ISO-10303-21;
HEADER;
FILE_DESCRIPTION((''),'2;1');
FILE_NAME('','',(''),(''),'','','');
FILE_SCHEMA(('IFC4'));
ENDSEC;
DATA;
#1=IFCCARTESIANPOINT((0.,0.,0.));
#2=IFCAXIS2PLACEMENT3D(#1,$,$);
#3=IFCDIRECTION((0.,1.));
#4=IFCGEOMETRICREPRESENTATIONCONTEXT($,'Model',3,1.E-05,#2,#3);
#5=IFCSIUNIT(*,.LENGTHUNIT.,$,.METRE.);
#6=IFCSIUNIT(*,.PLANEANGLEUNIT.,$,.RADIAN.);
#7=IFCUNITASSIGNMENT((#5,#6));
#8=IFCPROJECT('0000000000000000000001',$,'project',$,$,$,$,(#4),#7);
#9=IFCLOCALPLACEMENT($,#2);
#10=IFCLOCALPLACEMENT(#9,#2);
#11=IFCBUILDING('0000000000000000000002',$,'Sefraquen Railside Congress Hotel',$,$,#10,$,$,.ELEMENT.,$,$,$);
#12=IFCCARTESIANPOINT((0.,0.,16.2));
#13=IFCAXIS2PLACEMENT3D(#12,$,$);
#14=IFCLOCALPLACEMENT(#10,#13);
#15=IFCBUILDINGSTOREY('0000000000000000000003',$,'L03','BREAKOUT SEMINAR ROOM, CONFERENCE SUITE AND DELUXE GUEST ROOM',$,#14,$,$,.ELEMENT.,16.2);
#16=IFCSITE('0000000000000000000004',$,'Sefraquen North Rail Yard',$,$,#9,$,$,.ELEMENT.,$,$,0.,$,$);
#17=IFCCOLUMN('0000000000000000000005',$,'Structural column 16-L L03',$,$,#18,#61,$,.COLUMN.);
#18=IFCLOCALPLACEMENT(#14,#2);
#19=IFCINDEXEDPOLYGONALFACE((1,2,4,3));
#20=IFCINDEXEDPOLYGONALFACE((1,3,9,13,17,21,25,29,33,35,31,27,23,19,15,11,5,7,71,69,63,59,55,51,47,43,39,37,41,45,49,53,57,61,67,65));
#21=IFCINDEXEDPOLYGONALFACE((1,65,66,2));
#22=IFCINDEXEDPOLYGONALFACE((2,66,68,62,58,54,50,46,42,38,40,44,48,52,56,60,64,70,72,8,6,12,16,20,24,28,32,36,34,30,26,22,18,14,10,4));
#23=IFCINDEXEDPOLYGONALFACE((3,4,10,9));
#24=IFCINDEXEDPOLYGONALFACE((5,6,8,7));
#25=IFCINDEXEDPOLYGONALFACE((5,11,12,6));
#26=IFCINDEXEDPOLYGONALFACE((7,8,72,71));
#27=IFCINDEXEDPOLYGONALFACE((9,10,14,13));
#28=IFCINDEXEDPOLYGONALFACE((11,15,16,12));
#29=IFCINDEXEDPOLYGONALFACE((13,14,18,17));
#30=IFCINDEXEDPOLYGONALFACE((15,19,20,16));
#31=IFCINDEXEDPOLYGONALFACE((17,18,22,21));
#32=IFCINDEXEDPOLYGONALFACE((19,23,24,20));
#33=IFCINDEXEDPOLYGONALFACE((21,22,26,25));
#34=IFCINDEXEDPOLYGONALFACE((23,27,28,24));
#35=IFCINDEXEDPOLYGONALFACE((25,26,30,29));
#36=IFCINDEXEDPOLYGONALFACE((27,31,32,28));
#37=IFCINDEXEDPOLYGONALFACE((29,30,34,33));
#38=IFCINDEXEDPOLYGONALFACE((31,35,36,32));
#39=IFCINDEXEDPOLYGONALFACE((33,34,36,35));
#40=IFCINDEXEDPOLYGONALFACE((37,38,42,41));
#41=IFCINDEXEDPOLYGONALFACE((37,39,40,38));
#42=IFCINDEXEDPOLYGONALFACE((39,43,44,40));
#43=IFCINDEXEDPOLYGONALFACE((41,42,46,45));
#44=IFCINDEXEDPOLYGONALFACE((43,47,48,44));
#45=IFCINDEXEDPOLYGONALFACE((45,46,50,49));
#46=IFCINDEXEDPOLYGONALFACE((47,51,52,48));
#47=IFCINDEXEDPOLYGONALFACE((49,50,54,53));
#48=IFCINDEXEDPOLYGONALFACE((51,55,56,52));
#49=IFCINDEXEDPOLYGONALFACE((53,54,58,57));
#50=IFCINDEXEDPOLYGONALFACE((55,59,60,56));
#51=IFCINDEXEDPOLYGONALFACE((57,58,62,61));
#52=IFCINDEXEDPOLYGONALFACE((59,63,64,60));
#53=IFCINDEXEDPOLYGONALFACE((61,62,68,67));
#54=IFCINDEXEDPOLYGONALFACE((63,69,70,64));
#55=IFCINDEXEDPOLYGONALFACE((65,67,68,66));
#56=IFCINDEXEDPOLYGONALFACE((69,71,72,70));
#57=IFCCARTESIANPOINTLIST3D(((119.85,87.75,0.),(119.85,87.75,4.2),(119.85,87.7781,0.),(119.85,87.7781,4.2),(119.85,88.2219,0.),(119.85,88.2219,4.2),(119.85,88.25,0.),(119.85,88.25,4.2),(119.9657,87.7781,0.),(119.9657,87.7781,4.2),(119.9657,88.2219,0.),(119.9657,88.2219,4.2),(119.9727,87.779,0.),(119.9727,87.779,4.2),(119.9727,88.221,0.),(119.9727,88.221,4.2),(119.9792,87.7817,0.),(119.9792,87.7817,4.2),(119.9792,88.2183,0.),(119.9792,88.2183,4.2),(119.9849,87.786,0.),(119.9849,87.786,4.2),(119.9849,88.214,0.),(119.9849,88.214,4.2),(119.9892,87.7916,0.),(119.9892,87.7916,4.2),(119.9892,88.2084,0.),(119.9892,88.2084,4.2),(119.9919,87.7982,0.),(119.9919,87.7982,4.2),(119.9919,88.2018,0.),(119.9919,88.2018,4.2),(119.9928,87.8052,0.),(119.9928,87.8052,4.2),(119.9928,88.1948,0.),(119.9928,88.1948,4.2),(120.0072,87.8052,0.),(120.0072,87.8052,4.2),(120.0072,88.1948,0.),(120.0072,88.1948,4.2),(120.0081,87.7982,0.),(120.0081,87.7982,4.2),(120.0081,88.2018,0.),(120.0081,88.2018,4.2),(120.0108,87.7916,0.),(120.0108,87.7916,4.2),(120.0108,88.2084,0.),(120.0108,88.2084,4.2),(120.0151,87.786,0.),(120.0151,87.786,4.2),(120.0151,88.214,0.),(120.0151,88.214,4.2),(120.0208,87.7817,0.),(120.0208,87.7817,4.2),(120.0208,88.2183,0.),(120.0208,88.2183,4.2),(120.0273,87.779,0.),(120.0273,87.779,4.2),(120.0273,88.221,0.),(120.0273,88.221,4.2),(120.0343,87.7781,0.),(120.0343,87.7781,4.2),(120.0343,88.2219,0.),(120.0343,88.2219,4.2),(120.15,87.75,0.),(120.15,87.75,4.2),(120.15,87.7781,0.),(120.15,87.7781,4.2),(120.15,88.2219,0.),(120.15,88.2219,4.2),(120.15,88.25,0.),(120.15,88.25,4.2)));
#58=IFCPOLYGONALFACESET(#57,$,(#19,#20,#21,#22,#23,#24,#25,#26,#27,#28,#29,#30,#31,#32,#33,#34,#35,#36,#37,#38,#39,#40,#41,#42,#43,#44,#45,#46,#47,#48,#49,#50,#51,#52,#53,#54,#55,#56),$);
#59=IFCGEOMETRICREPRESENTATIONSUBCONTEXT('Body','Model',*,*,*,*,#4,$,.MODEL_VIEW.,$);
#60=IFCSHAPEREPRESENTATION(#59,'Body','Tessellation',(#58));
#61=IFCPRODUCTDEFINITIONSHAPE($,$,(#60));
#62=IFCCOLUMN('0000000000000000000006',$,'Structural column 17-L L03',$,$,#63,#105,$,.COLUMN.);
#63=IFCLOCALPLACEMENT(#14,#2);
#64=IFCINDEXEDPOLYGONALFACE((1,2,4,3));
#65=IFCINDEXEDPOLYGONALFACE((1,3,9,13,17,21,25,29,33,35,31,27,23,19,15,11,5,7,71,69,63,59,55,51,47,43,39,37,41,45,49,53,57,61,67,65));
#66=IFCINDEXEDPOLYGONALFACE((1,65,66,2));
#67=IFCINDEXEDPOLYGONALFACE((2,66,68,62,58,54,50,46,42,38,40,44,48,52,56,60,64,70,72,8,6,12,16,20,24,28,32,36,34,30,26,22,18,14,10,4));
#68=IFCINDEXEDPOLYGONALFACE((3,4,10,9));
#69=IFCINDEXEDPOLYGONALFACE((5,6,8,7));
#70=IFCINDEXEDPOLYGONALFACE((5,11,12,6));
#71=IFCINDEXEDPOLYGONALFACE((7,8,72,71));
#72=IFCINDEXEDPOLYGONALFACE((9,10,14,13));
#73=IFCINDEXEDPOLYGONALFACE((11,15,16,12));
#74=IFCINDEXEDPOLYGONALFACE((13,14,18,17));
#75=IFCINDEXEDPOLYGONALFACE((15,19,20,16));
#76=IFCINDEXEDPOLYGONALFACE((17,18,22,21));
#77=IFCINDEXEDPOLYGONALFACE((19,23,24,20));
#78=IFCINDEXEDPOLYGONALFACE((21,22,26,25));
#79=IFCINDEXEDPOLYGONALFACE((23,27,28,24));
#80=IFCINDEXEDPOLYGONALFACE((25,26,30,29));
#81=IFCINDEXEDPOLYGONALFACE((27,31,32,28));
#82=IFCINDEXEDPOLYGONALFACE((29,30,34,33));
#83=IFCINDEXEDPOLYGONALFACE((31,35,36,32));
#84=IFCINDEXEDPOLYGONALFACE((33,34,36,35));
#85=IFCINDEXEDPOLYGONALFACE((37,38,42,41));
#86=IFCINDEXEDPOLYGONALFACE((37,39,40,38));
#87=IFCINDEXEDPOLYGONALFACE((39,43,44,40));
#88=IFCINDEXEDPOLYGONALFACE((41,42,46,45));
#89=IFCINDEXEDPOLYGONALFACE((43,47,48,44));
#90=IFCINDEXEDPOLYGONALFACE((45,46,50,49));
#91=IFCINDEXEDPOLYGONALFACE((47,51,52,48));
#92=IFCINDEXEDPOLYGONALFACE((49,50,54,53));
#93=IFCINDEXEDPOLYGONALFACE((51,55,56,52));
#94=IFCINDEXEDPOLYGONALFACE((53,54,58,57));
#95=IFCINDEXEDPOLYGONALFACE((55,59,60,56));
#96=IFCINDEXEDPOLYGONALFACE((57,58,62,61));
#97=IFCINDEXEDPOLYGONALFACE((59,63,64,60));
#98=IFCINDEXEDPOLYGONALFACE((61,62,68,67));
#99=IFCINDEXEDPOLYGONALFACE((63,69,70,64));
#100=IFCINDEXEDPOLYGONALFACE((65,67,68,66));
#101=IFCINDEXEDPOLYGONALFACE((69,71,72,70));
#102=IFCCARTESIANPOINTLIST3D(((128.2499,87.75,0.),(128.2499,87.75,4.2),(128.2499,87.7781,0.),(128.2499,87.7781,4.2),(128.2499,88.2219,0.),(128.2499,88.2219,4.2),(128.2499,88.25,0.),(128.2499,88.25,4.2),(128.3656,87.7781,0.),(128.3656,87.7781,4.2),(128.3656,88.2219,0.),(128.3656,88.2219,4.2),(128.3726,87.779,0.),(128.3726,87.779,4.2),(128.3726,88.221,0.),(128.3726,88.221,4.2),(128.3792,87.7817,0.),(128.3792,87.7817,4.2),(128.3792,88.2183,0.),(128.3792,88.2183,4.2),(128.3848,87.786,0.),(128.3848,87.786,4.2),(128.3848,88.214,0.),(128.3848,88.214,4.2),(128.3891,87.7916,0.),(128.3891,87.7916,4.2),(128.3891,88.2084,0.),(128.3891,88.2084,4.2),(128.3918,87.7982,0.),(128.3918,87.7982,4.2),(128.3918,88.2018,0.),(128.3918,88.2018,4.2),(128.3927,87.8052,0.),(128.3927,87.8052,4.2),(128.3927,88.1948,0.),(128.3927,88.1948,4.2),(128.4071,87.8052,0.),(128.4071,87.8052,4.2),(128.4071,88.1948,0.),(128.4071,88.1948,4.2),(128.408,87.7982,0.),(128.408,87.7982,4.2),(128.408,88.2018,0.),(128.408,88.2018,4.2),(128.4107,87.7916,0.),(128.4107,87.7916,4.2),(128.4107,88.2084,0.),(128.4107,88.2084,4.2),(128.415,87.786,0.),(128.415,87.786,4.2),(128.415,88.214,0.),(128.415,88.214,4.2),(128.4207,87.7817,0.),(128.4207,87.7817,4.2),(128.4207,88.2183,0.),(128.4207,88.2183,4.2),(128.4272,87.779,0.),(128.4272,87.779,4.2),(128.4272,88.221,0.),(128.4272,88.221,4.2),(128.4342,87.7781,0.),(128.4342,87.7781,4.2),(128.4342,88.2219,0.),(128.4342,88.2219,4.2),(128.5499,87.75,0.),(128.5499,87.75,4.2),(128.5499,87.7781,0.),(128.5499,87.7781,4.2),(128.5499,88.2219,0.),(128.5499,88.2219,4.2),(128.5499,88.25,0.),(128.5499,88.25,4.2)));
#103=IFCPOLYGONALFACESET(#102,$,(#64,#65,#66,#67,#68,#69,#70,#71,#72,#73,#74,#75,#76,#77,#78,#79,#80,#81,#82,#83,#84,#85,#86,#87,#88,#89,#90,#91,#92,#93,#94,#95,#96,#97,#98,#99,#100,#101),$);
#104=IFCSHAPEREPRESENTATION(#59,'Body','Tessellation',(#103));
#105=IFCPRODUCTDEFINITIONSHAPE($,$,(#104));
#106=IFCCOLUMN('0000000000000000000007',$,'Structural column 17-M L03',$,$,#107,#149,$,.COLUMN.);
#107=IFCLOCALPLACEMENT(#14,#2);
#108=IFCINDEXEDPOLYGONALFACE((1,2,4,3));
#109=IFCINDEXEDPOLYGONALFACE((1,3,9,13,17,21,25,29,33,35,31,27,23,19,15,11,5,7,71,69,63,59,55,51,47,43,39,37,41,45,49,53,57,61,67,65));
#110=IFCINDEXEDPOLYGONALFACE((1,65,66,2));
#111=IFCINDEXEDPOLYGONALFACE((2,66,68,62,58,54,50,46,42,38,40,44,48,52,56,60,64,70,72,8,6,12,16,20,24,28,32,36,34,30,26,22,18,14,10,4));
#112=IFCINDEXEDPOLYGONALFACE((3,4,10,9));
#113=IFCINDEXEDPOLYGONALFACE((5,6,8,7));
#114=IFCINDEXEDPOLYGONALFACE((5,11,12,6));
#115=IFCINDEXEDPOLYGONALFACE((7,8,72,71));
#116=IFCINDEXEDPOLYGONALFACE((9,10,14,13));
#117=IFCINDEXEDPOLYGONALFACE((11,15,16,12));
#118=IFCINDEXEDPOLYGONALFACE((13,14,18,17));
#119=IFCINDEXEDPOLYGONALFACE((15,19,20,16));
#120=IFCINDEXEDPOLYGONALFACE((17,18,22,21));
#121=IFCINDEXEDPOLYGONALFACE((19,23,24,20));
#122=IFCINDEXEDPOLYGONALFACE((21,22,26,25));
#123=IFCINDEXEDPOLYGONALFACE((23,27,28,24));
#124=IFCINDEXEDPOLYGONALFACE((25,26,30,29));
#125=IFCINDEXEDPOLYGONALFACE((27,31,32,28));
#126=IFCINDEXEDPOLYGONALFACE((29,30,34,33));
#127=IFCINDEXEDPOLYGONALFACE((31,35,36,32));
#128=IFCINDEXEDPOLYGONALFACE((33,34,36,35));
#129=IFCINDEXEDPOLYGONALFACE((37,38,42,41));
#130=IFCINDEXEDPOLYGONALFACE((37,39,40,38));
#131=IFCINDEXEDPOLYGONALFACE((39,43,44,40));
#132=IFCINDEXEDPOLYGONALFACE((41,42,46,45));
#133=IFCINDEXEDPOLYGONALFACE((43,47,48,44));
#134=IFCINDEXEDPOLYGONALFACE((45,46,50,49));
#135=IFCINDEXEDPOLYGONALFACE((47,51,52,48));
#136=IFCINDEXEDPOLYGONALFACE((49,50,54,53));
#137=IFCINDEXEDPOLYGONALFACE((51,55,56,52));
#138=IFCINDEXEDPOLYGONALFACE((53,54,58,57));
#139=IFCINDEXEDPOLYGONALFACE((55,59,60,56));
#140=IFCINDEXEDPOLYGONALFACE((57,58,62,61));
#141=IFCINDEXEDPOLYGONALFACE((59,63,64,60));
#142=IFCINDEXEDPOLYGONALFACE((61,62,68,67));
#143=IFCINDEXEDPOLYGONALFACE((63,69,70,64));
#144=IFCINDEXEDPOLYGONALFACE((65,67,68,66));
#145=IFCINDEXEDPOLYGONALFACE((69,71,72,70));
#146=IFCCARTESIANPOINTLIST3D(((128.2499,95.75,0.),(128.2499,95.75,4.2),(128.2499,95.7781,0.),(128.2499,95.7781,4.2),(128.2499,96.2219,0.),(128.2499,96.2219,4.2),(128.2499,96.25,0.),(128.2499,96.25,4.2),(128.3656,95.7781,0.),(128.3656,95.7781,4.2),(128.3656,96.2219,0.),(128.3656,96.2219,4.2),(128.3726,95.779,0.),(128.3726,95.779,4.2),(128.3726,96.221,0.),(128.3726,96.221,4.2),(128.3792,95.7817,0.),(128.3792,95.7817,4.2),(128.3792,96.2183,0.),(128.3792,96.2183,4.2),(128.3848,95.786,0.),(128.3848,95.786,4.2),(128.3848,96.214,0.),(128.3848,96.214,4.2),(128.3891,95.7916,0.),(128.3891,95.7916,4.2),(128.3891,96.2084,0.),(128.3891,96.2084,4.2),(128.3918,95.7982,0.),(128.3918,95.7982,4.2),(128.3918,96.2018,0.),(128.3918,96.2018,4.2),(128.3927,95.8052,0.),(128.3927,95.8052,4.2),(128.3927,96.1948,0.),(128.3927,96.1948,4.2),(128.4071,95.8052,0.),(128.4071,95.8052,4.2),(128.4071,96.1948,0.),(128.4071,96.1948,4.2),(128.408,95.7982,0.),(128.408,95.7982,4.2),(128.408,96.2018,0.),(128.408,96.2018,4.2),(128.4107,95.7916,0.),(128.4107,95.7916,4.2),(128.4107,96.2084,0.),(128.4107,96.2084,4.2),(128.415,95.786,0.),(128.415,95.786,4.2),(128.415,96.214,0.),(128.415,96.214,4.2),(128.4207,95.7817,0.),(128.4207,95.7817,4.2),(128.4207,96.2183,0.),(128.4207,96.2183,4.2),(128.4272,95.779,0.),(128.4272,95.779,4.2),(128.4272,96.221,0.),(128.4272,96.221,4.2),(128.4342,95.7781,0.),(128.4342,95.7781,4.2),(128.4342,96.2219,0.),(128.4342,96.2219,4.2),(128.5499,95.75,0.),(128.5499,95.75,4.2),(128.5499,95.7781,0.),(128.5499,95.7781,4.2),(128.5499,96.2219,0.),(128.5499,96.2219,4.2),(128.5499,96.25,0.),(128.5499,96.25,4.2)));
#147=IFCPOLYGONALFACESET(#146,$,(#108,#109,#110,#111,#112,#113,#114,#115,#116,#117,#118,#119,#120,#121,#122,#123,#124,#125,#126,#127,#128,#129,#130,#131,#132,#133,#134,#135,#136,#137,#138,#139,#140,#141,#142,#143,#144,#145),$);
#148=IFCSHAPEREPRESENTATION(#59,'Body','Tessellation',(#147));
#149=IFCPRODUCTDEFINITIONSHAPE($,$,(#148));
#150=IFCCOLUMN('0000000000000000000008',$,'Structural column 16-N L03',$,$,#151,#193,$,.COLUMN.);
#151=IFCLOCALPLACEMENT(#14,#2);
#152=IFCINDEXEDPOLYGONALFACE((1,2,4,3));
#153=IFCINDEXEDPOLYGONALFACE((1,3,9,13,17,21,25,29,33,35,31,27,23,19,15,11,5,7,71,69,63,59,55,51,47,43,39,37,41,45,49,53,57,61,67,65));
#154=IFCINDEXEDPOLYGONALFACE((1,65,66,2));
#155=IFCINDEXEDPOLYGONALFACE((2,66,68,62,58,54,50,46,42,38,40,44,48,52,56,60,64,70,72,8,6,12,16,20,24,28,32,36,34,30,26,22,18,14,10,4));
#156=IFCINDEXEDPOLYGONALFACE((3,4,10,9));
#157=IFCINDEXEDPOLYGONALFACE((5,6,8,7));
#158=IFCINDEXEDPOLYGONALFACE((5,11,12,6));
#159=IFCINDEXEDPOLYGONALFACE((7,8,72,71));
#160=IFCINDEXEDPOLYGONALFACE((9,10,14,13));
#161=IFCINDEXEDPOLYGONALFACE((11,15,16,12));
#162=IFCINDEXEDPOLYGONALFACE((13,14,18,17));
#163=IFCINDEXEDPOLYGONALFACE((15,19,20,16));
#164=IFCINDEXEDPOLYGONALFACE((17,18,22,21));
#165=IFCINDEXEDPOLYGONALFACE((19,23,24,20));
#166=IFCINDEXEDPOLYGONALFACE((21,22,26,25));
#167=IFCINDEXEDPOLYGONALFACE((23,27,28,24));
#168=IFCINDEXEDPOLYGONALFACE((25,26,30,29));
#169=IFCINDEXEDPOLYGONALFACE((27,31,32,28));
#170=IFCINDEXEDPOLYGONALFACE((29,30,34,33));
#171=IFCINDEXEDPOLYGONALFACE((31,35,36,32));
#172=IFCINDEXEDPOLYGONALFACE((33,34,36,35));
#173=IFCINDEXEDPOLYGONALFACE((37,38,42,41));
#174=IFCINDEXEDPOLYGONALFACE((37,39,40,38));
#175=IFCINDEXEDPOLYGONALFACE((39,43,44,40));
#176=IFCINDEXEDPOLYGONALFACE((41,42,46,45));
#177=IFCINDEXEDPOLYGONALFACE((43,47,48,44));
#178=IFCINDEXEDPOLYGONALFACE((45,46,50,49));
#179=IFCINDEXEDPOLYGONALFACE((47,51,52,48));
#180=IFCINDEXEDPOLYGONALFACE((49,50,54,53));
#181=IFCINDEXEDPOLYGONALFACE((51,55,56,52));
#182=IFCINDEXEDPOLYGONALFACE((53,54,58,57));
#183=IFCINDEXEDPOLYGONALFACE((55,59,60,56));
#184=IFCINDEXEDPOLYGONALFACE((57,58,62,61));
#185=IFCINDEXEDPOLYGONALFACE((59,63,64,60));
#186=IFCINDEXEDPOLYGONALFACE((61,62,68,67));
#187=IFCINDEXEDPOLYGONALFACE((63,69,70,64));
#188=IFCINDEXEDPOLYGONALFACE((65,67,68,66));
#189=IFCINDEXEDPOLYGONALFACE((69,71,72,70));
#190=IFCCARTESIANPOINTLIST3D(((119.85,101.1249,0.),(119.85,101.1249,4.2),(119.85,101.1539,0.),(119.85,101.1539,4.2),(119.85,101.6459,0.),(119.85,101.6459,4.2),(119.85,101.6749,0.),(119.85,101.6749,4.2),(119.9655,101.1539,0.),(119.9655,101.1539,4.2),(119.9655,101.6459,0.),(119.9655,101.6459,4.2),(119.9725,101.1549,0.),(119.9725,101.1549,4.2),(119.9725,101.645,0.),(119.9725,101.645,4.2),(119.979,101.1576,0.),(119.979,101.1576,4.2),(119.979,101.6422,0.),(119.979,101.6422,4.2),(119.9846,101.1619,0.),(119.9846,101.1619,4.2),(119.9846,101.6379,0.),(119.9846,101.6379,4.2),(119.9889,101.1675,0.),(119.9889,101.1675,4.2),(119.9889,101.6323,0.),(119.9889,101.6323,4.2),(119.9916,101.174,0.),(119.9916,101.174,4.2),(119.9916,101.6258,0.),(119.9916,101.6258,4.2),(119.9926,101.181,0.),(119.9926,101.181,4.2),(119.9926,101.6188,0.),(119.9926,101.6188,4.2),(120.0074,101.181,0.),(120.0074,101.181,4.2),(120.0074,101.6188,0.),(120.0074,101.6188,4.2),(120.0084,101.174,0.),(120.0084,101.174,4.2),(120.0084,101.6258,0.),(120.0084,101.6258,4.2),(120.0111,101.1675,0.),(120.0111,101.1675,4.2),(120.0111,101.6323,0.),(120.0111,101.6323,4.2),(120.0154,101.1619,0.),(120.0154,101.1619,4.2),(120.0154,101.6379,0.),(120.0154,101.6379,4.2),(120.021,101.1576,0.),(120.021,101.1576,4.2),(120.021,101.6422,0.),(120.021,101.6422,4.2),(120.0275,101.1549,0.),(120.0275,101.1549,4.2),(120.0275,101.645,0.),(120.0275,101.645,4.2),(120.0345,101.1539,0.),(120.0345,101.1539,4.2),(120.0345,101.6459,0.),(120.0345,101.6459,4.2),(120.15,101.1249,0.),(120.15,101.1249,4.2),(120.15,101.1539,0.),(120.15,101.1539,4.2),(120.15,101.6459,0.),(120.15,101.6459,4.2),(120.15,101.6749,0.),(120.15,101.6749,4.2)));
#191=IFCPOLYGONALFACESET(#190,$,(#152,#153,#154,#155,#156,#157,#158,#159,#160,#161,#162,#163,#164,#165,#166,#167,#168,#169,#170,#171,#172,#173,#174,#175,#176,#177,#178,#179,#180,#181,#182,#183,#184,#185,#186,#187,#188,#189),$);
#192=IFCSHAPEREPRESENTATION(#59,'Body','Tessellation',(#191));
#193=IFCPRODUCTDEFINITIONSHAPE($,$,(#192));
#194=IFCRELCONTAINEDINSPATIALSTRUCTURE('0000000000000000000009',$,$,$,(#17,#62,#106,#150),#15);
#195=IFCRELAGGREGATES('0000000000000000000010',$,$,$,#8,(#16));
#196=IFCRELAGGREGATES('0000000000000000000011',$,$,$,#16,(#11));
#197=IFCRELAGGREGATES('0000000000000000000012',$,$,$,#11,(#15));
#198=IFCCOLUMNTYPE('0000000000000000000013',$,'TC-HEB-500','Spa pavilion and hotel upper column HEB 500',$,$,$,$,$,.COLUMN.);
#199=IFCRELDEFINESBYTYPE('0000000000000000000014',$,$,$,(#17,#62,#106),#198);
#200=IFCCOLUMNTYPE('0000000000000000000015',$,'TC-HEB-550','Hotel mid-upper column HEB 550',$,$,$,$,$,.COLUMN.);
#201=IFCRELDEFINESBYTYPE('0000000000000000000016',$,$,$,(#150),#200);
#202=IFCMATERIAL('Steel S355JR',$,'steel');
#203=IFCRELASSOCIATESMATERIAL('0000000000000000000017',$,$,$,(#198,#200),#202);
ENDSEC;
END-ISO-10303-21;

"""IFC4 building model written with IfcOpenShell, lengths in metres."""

from ifc_helpers import new_model, si_unit, direction, frame, origin, origin_2d, place, context, subcontext, project, spatial, i_section, extrude, material, material_profile, profile_set, type_object, element, save


model = new_model("IFC4")

# Units and contexts
model_context = context("Model", 3, precision=1e-05, world=origin(), true_north=direction((0.0, 1.0)))
body_context = subcontext(model_context, "Body", "Model", "MODEL_VIEW")
ifc_project = project(units=[si_unit("LENGTHUNIT", "METRE"), si_unit("PLANEANGLEUNIT", "RADIAN")], contexts=[model_context])

# Site, building, storey
site_placement = place(None, origin())
site = spatial("IfcSite", under=ifc_project, at=site_placement, Name="Sefraquen North Rail Yard", CompositionType="ELEMENT", RefElevation=0.0)
building_placement = place(site_placement, origin())
building = spatial("IfcBuilding", under=site, at=building_placement, Name="Sefraquen Railside Congress Hotel", CompositionType="ELEMENT")
storey_placement = place(building_placement, frame((0.0, 0.0, 16.2)))
storey = spatial("IfcBuildingStorey", under=building, at=storey_placement, Name="L03", Description="BREAKOUT SEMINAR ROOM, CONFERENCE SUITE AND DELUXE GUEST ROOM", CompositionType="ELEMENT", Elevation=16.2)

# Columns
ifc_material_1 = material(Name="Steel S355JR", Category="steel")
ifc_material_profile_1 = material_profile(ifc_material_1, i_section(OverallWidth=0.3, OverallDepth=0.5, WebThickness=0.0144, FlangeThickness=0.0281, FilletRadius=0.0271, at=origin_2d()), Name="HEB 500")
ifc_profile_set_1 = profile_set([ifc_material_profile_1], Name="Steel S355JR")
column_type_1 = type_object("IfcColumnType", Name="TC-HEB-500", Description="Spa pavilion and hotel upper column HEB 500", PredefinedType="COLUMN", material=ifc_profile_set_1)
for number, where, z_axis, x_axis, name in (
    (1, (120.0, 88.0, 0.0), (0.0, 0.0, 1.0), (1.0, 0.0, 0.0), "Structural column 16-L L03"),
    (2, (128.3999, 88.0, 0.0), (0.0, 0.0, 1.0), (1.0, 0.0, 0.0), "Structural column 17-L L03"),
    (3, (128.3999, 96.0, 0.0), (0.0, 0.0, 1.0), (1.0, 0.0, 0.0), "Structural column 17-M L03"),
):
    element("IfcColumn", number, at=place(storey_placement, frame(where, z_axis=z_axis, x_axis=x_axis)), inside=storey, type_object=column_type_1, Name=name, PredefinedType="COLUMN", context=body_context, shape_type="SweptSolid", body=[
        extrude(i_section(OverallWidth=0.3, OverallDepth=0.5, WebThickness=0.0144, FlangeThickness=0.0281, FilletRadius=0.0271, at=origin_2d()), origin(), (0.0, 0.0, 1.0), 4.2),
    ])
ifc_material_profile_2 = material_profile(ifc_material_1, i_section(OverallWidth=0.3, OverallDepth=0.55, WebThickness=0.0149, FlangeThickness=0.0291, FilletRadius=0.0271, at=origin_2d()), Name="HEB 550")
ifc_profile_set_2 = profile_set([ifc_material_profile_2], Name="Steel S355JR")
column_type_2 = type_object("IfcColumnType", Name="TC-HEB-550", Description="Hotel mid-upper column HEB 550", PredefinedType="COLUMN", material=ifc_profile_set_2)
for number, where, z_axis, x_axis, name in (
    (4, (120.0, 101.3999, 0.0), (0.0, 0.0, 1.0), (1.0, 0.0, 0.0), "Structural column 16-N L03"),
):
    element("IfcColumn", number, at=place(storey_placement, frame(where, z_axis=z_axis, x_axis=x_axis)), inside=storey, type_object=column_type_2, Name=name, PredefinedType="COLUMN", context=body_context, shape_type="SweptSolid", body=[
        extrude(i_section(OverallWidth=0.3, OverallDepth=0.55, WebThickness=0.0149, FlangeThickness=0.0291, FilletRadius=0.0271, at=origin_2d()), origin(), (0.0, 0.0, 1.0), 4.2),
    ])

save(model, "model.ifc")
